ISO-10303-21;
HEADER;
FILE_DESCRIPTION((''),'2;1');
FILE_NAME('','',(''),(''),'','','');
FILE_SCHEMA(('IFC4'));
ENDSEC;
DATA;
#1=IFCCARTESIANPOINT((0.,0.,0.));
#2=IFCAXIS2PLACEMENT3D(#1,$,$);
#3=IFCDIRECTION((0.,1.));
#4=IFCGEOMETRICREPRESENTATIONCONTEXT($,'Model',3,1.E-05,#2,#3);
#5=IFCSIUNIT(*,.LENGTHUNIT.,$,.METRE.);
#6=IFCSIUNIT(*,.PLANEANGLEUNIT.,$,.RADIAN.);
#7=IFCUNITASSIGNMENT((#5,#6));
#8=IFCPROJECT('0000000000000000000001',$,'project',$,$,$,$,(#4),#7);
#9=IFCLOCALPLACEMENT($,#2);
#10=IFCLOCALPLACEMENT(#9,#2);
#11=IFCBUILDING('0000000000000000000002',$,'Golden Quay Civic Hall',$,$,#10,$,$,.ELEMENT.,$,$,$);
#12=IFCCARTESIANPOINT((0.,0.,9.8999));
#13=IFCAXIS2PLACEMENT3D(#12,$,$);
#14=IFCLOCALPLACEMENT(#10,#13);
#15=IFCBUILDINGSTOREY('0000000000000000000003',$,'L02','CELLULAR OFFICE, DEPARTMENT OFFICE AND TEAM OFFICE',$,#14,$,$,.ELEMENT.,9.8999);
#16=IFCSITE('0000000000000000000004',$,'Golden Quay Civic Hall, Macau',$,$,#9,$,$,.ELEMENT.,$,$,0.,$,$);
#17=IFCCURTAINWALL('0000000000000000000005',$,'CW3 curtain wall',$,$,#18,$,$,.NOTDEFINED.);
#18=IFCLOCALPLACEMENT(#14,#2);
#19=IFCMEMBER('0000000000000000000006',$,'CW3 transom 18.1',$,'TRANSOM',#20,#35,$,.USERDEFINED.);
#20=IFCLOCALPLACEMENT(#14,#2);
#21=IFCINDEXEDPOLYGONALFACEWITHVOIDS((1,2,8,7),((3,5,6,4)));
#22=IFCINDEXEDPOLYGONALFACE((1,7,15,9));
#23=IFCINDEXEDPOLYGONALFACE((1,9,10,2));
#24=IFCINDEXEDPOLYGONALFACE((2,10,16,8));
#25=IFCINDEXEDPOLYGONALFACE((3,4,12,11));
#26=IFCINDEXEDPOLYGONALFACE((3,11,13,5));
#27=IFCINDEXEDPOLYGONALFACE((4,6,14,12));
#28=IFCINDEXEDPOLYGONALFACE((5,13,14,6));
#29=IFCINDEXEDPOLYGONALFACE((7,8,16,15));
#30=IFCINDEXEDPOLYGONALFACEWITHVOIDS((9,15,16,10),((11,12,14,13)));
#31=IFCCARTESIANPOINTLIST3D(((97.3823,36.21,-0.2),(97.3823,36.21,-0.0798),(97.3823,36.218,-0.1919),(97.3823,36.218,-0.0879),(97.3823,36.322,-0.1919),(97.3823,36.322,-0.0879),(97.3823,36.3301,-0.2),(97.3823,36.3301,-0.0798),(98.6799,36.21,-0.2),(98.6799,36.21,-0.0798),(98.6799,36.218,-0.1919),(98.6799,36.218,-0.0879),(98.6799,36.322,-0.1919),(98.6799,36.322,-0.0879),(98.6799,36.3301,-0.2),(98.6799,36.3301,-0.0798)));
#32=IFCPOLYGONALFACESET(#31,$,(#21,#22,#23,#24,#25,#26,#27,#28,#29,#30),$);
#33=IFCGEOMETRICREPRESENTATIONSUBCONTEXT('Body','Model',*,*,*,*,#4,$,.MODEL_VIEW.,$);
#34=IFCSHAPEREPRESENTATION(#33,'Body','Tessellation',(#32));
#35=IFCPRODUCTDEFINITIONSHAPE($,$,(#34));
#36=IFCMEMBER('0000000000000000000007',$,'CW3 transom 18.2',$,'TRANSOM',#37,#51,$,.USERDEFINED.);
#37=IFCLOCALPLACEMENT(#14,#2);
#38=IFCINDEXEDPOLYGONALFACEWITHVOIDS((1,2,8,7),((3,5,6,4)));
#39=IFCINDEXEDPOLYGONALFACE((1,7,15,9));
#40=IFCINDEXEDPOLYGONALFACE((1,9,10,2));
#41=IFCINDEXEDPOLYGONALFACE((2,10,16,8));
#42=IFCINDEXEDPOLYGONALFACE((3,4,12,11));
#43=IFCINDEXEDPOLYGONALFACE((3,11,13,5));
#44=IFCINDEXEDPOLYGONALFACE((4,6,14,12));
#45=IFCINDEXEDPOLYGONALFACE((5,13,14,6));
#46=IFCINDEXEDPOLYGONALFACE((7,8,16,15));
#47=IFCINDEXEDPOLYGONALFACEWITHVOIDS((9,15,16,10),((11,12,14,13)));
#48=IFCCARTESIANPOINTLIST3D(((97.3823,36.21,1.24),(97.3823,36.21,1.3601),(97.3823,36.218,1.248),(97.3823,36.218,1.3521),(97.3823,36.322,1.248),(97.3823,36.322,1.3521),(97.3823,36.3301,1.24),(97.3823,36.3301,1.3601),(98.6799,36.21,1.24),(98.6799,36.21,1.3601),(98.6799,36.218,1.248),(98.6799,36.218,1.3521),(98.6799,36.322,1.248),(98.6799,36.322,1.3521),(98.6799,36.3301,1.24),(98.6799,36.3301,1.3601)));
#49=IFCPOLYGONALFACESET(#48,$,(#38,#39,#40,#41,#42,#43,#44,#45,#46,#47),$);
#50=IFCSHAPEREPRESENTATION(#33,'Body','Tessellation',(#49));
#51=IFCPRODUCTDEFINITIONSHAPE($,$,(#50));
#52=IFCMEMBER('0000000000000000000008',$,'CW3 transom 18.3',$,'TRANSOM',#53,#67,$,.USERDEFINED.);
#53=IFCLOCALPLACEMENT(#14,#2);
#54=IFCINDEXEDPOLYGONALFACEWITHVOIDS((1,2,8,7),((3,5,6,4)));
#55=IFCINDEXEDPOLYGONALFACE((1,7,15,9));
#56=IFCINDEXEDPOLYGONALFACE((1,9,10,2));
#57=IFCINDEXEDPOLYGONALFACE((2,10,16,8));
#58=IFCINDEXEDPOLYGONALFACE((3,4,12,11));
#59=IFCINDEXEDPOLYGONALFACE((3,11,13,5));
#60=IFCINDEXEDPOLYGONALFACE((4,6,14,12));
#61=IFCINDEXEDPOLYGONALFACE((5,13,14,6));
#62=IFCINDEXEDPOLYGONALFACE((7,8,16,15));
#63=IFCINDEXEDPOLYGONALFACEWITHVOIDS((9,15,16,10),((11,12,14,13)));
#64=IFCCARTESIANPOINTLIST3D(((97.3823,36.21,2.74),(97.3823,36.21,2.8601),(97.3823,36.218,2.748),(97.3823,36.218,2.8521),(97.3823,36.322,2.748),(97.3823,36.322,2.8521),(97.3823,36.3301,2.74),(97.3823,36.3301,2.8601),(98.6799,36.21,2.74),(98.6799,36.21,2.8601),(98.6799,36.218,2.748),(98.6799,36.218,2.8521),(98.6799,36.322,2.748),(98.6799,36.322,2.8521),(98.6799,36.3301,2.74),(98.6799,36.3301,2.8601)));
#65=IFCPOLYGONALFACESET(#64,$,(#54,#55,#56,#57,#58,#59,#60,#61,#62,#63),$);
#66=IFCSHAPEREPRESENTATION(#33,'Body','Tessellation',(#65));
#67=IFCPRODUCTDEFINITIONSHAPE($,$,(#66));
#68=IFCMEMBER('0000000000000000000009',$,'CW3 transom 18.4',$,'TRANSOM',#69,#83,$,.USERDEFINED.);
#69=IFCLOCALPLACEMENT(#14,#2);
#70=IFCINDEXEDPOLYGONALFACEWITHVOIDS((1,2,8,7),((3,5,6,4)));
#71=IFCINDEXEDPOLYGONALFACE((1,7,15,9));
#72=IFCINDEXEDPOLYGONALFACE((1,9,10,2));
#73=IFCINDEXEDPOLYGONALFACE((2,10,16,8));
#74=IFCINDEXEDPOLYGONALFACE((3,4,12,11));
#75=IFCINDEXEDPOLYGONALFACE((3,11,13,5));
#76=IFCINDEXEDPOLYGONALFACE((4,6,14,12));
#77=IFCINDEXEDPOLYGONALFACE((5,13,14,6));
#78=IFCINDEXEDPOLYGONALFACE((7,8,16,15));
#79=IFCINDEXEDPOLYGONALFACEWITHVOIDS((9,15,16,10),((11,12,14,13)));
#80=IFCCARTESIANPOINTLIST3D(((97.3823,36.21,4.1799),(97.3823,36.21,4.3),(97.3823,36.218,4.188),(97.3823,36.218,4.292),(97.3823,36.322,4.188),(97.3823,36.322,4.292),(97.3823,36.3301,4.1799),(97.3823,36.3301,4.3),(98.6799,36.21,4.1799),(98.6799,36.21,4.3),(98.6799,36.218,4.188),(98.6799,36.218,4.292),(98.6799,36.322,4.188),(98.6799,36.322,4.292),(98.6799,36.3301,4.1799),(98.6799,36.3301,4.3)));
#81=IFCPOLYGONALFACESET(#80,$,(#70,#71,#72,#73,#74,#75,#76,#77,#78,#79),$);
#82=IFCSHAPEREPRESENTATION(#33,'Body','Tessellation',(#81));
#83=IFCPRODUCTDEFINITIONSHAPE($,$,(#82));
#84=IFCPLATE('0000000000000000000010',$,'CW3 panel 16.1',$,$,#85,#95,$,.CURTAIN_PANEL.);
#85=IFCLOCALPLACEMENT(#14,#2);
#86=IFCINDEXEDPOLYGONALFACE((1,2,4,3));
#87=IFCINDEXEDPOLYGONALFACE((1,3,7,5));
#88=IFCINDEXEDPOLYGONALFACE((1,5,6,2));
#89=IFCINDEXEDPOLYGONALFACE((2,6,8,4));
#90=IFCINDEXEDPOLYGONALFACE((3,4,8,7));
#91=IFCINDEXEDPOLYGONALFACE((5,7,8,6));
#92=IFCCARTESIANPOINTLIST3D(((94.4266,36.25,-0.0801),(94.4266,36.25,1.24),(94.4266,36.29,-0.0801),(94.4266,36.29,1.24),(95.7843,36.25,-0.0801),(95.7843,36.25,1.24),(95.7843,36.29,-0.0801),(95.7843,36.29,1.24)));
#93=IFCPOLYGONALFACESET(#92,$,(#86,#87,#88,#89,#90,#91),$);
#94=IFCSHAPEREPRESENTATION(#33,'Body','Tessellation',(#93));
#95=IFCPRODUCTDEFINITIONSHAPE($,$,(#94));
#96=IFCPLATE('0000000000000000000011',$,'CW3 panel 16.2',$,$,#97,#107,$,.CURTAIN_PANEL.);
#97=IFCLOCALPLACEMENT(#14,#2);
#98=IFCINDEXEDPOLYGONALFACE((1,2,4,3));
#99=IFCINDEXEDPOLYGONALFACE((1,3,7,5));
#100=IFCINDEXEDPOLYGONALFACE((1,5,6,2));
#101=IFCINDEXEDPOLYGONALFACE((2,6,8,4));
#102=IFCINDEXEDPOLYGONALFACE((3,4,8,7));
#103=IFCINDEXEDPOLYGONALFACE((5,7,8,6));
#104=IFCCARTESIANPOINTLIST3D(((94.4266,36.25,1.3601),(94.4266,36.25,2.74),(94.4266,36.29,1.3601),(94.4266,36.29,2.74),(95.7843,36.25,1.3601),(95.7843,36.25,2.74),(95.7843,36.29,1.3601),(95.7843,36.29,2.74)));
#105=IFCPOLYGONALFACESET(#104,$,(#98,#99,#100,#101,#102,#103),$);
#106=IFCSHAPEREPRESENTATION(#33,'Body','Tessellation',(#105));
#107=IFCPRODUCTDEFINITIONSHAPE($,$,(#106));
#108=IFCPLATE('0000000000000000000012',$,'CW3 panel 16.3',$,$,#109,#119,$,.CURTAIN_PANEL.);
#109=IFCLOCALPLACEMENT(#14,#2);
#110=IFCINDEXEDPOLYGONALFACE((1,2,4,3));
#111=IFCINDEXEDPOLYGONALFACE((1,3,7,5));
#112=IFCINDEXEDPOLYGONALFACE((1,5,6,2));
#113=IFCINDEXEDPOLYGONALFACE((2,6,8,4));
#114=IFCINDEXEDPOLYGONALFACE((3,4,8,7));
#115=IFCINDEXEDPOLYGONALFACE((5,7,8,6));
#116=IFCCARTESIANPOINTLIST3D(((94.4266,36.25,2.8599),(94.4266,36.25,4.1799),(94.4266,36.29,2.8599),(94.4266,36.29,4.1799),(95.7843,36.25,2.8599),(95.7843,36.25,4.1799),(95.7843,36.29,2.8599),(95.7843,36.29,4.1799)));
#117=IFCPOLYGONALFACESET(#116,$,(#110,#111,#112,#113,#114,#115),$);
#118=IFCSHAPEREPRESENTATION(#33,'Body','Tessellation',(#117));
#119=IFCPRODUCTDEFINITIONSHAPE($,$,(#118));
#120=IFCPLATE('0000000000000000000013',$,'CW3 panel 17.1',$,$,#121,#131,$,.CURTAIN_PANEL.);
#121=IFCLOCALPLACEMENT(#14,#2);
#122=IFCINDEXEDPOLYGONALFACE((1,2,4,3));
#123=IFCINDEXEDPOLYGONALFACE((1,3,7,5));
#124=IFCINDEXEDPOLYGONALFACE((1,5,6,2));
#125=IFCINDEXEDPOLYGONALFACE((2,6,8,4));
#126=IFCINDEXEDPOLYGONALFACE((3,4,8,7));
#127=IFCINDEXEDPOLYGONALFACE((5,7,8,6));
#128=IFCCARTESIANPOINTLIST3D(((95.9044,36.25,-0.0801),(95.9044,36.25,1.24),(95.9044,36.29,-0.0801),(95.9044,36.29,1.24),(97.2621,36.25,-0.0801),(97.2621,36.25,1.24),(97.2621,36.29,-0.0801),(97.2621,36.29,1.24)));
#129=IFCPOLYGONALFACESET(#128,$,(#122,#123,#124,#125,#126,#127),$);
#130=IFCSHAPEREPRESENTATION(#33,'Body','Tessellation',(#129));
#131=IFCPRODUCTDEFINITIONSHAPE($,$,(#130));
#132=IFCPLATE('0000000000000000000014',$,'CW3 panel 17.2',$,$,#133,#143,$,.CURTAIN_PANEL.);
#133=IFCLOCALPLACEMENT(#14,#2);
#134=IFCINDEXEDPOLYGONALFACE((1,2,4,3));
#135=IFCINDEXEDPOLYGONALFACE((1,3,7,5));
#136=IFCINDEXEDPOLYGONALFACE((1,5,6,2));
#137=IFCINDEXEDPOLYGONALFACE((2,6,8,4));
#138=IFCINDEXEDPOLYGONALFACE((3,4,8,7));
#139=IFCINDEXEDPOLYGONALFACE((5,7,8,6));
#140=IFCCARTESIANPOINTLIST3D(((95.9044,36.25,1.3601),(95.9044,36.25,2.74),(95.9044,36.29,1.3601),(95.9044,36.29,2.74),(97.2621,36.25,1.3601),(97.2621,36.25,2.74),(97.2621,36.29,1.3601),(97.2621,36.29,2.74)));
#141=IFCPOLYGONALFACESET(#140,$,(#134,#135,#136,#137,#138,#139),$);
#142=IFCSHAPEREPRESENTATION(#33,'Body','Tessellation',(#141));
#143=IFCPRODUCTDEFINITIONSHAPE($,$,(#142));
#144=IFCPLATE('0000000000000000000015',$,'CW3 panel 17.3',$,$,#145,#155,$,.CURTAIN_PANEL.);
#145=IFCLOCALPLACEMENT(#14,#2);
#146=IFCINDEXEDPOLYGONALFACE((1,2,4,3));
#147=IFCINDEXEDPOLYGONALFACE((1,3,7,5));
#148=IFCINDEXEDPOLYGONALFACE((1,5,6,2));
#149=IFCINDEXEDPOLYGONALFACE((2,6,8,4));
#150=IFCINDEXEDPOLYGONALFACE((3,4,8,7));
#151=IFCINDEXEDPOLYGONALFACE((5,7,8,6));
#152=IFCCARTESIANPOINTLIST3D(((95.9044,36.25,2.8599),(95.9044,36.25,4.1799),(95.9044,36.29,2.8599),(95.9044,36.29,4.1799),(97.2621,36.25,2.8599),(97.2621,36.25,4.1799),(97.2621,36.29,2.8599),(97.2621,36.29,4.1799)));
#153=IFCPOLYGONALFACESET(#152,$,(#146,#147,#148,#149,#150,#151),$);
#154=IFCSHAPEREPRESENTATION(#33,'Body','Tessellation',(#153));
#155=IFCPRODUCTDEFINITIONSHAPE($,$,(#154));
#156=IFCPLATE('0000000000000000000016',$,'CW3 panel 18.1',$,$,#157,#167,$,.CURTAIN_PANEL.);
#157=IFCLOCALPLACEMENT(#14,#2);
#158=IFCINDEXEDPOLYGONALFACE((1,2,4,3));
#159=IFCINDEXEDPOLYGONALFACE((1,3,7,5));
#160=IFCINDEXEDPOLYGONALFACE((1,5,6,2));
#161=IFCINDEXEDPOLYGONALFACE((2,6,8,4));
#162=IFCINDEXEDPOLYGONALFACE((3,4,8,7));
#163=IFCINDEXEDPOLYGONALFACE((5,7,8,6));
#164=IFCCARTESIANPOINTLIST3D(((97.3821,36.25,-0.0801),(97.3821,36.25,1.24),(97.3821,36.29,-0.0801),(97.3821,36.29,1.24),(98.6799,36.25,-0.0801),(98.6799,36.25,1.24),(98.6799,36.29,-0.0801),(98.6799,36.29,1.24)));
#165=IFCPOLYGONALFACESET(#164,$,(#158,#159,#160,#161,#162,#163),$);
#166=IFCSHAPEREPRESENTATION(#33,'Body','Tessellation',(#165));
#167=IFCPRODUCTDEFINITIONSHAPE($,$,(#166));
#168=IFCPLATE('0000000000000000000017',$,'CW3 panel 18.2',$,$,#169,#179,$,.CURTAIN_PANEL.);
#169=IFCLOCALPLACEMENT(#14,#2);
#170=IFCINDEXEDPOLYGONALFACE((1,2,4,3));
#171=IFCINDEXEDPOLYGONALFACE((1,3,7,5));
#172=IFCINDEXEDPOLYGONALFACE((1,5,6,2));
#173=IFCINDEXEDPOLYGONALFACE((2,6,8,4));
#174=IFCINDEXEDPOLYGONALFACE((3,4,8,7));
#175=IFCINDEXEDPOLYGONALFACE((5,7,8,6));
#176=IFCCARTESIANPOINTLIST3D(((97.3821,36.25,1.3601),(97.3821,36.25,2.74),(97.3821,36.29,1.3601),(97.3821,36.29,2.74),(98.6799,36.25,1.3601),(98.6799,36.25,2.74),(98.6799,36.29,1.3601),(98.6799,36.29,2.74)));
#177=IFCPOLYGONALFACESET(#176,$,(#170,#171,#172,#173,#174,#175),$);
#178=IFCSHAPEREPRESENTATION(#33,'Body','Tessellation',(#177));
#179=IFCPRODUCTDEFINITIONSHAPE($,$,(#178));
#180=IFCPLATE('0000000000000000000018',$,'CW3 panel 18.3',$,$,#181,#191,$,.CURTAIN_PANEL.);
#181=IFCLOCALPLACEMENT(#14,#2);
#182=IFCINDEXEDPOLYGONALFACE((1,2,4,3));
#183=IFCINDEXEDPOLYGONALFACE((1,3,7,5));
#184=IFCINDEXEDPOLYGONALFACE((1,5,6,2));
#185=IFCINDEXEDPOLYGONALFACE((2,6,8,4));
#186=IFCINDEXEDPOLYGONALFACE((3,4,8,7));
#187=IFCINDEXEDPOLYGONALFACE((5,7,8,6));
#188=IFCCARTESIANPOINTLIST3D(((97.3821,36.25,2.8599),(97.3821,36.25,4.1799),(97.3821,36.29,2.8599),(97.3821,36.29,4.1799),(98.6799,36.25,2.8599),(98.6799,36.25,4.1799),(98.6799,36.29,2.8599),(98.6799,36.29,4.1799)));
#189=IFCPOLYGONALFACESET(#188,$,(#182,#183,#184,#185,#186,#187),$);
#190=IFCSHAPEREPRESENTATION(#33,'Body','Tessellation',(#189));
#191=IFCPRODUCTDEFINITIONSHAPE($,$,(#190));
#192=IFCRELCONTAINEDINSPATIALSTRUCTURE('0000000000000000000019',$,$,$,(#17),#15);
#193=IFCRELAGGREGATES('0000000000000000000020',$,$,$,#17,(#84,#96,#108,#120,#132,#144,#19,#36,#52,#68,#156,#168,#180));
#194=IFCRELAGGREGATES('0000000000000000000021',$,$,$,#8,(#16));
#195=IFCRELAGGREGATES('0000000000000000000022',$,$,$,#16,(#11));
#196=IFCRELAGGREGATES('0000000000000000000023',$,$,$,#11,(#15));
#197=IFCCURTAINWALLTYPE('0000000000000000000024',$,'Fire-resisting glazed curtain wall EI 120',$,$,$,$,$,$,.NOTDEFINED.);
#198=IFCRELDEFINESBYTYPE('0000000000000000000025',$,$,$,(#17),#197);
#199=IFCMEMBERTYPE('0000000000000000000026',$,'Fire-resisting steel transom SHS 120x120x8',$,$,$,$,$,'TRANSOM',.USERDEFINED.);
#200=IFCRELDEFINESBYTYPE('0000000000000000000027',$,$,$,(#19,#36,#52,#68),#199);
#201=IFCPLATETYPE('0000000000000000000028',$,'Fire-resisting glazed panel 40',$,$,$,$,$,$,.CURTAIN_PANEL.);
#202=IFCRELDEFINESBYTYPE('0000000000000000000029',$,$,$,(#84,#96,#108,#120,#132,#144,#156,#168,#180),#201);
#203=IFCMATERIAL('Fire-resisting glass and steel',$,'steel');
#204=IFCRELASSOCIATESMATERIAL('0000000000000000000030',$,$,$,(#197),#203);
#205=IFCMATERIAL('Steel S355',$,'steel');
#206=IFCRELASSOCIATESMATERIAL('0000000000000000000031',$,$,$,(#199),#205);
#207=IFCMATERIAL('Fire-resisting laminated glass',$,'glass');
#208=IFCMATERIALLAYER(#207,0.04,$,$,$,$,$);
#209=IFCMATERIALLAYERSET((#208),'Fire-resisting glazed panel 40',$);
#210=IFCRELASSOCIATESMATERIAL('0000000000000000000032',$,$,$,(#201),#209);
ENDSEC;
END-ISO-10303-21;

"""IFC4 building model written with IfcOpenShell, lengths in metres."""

from ifc_helpers import new_model, si_unit, direction, frame, origin, origin_2d, place, context, subcontext, project, spatial, rectangle, hollow_rectangle, extrude, material, layer, layer_set, material_profile, profile_set, type_object, element, aggregate, save


model = new_model("IFC4")

# Units and contexts
model_context = context("Model", 3, precision=1e-05, world=origin(), true_north=direction((0.0, 1.0)))
body_context = subcontext(model_context, "Body", "Model", "MODEL_VIEW")
ifc_project = project(units=[si_unit("LENGTHUNIT", "METRE"), si_unit("PLANEANGLEUNIT", "RADIAN")], contexts=[model_context])

# Site, building, storey
site_placement = place(None, origin())
site = spatial("IfcSite", under=ifc_project, at=site_placement, Name="Golden Quay Civic Hall, Macau", CompositionType="ELEMENT", RefElevation=0.0)
building_placement = place(site_placement, origin())
building = spatial("IfcBuilding", under=site, at=building_placement, Name="Golden Quay Civic Hall", CompositionType="ELEMENT")
storey_placement = place(building_placement, frame((0.0, 0.0, 9.8999)))
storey = spatial("IfcBuildingStorey", under=building, at=storey_placement, Name="L02", Description="CELLULAR OFFICE, DEPARTMENT OFFICE AND TEAM OFFICE", CompositionType="ELEMENT", Elevation=9.8999)

# Curtain wall, members, plates
ifc_material_1 = material(Name="Fire-resisting glass and steel", Category="steel")
curtain_wall_type = type_object("IfcCurtainWallType", Name="Fire-resisting glazed curtain wall EI 120", PredefinedType="NOTDEFINED", material=ifc_material_1)
curtain_wall_placement = place(storey_placement, origin())
curtain_wall = element("IfcCurtainWall", 1, at=curtain_wall_placement, inside=storey, type_object=curtain_wall_type, Name="CW3 curtain wall", PredefinedType="NOTDEFINED")
ifc_material_2 = material(Name="Steel S355", Category="steel")
ifc_material_profile_1 = material_profile(ifc_material_2, hollow_rectangle(XDim=0.1201, YDim=0.1201, WallThickness=0.0081, at=origin_2d()), Name="SHS 120x120x8")
ifc_profile_set_1 = profile_set([ifc_material_profile_1], Name="Steel S355")
member_type_1 = type_object("IfcMemberType", Name="Fire-resisting steel transom SHS 120x120x8", ElementType="TRANSOM", PredefinedType="USERDEFINED", material=ifc_profile_set_1)
member_1_placement = place(storey_placement, frame((97.3823, 36.27, -0.1399), z_axis=(1.0, 0.0, 0.0), x_axis=(0.0, 1.0, 0.0)))
member_1 = element("IfcMember", 2, at=member_1_placement, type_object=member_type_1, Name="CW3 transom 18.1", ObjectType="TRANSOM", PredefinedType="USERDEFINED", context=body_context, shape_type="SweptSolid", body=[
    extrude(hollow_rectangle(XDim=0.1201, YDim=0.1201, WallThickness=0.0081, at=origin_2d()), origin(), (0.0, 0.0, 1.0), 1.2976),
])
member_2_placement = place(storey_placement, frame((97.3823, 36.27, 1.3), z_axis=(1.0, 0.0, 0.0), x_axis=(0.0, 1.0, 0.0)))
member_2 = element("IfcMember", 3, at=member_2_placement, type_object=member_type_1, Name="CW3 transom 18.2", ObjectType="TRANSOM", PredefinedType="USERDEFINED", context=body_context, shape_type="SweptSolid", body=[
    extrude(hollow_rectangle(XDim=0.1201, YDim=0.1201, WallThickness=0.0081, at=origin_2d()), origin(), (0.0, 0.0, 1.0), 1.2976),
])
member_3_placement = place(storey_placement, frame((97.3823, 36.27, 2.8), z_axis=(1.0, 0.0, 0.0), x_axis=(0.0, 1.0, 0.0)))
member_3 = element("IfcMember", 4, at=member_3_placement, type_object=member_type_1, Name="CW3 transom 18.3", ObjectType="TRANSOM", PredefinedType="USERDEFINED", context=body_context, shape_type="SweptSolid", body=[
    extrude(hollow_rectangle(XDim=0.1201, YDim=0.1201, WallThickness=0.0081, at=origin_2d()), origin(), (0.0, 0.0, 1.0), 1.2976),
])
member_4_placement = place(storey_placement, frame((97.3823, 36.27, 4.24), z_axis=(1.0, 0.0, 0.0), x_axis=(0.0, 1.0, 0.0)))
member_4 = element("IfcMember", 5, at=member_4_placement, type_object=member_type_1, Name="CW3 transom 18.4", ObjectType="TRANSOM", PredefinedType="USERDEFINED", context=body_context, shape_type="SweptSolid", body=[
    extrude(hollow_rectangle(XDim=0.1201, YDim=0.1201, WallThickness=0.0081, at=origin_2d()), origin(), (0.0, 0.0, 1.0), 1.2976),
])
ifc_material_3 = material(Name="Fire-resisting laminated glass", Category="glass")
ifc_layer = layer(ifc_material_3, 0.04)
ifc_layer_set = layer_set([ifc_layer], Name="Fire-resisting glazed panel 40")
plate_type = type_object("IfcPlateType", Name="Fire-resisting glazed panel 40", PredefinedType="CURTAIN_PANEL", material=ifc_layer_set)
plate_1_placement = place(storey_placement, frame((95.1055, 36.27, -0.0801), z_axis=(0.0, 0.0, 1.0), x_axis=(1.0, 0.0, 0.0)))
plate_1 = element("IfcPlate", 6, at=plate_1_placement, type_object=plate_type, Name="CW3 panel 16.1", PredefinedType="CURTAIN_PANEL", context=body_context, shape_type="SweptSolid", body=[
    extrude(rectangle(XDim=1.3577, YDim=0.04, at=origin_2d()), origin(), (0.0, 0.0, 1.0), 1.3201),
])
plate_2_placement = place(storey_placement, frame((95.1055, 36.27, 1.3601), z_axis=(0.0, 0.0, 1.0), x_axis=(1.0, 0.0, 0.0)))
plate_2 = element("IfcPlate", 7, at=plate_2_placement, type_object=plate_type, Name="CW3 panel 16.2", PredefinedType="CURTAIN_PANEL", context=body_context, shape_type="SweptSolid", body=[
    extrude(rectangle(XDim=1.3577, YDim=0.04, at=origin_2d()), origin(), (0.0, 0.0, 1.0), 1.3799),
])
plate_3_placement = place(storey_placement, frame((95.1055, 36.27, 2.8599), z_axis=(0.0, 0.0, 1.0), x_axis=(1.0, 0.0, 0.0)))
plate_3 = element("IfcPlate", 8, at=plate_3_placement, type_object=plate_type, Name="CW3 panel 16.3", PredefinedType="CURTAIN_PANEL", context=body_context, shape_type="SweptSolid", body=[
    extrude(rectangle(XDim=1.3577, YDim=0.04, at=origin_2d()), origin(), (0.0, 0.0, 1.0), 1.3201),
])
plate_4_placement = place(storey_placement, frame((96.5833, 36.27, -0.0801), z_axis=(0.0, 0.0, 1.0), x_axis=(1.0, 0.0, 0.0)))
plate_4 = element("IfcPlate", 9, at=plate_4_placement, type_object=plate_type, Name="CW3 panel 17.1", PredefinedType="CURTAIN_PANEL", context=body_context, shape_type="SweptSolid", body=[
    extrude(rectangle(XDim=1.3577, YDim=0.04, at=origin_2d()), origin(), (0.0, 0.0, 1.0), 1.3201),
])
plate_5_placement = place(storey_placement, frame((96.5833, 36.27, 1.3601), z_axis=(0.0, 0.0, 1.0), x_axis=(1.0, 0.0, 0.0)))
plate_5 = element("IfcPlate", 10, at=plate_5_placement, type_object=plate_type, Name="CW3 panel 17.2", PredefinedType="CURTAIN_PANEL", context=body_context, shape_type="SweptSolid", body=[
    extrude(rectangle(XDim=1.3577, YDim=0.04, at=origin_2d()), origin(), (0.0, 0.0, 1.0), 1.3799),
])
plate_6_placement = place(storey_placement, frame((96.5833, 36.27, 2.8599), z_axis=(0.0, 0.0, 1.0), x_axis=(1.0, 0.0, 0.0)))
plate_6 = element("IfcPlate", 11, at=plate_6_placement, type_object=plate_type, Name="CW3 panel 17.3", PredefinedType="CURTAIN_PANEL", context=body_context, shape_type="SweptSolid", body=[
    extrude(rectangle(XDim=1.3577, YDim=0.04, at=origin_2d()), origin(), (0.0, 0.0, 1.0), 1.3201),
])
plate_7_placement = place(storey_placement, frame((98.031, 36.27, -0.0801), z_axis=(0.0, 0.0, 1.0), x_axis=(1.0, 0.0, 0.0)))
plate_7 = element("IfcPlate", 12, at=plate_7_placement, type_object=plate_type, Name="CW3 panel 18.1", PredefinedType="CURTAIN_PANEL", context=body_context, shape_type="SweptSolid", body=[
    extrude(rectangle(XDim=1.2979, YDim=0.04, at=origin_2d()), origin(), (0.0, 0.0, 1.0), 1.3201),
])
plate_8_placement = place(storey_placement, frame((98.031, 36.27, 1.3601), z_axis=(0.0, 0.0, 1.0), x_axis=(1.0, 0.0, 0.0)))
plate_8 = element("IfcPlate", 13, at=plate_8_placement, type_object=plate_type, Name="CW3 panel 18.2", PredefinedType="CURTAIN_PANEL", context=body_context, shape_type="SweptSolid", body=[
    extrude(rectangle(XDim=1.2979, YDim=0.04, at=origin_2d()), origin(), (0.0, 0.0, 1.0), 1.3799),
])
plate_9_placement = place(storey_placement, frame((98.031, 36.27, 2.8599), z_axis=(0.0, 0.0, 1.0), x_axis=(1.0, 0.0, 0.0)))
plate_9 = element("IfcPlate", 14, at=plate_9_placement, type_object=plate_type, Name="CW3 panel 18.3", PredefinedType="CURTAIN_PANEL", context=body_context, shape_type="SweptSolid", body=[
    extrude(rectangle(XDim=1.2979, YDim=0.04, at=origin_2d()), origin(), (0.0, 0.0, 1.0), 1.3201),
])
aggregate(curtain_wall, [plate_1, plate_2, plate_3, plate_4, plate_5, plate_6, member_1, member_2, member_3, member_4, plate_7, plate_8, plate_9])

save(model, "model.ifc")
